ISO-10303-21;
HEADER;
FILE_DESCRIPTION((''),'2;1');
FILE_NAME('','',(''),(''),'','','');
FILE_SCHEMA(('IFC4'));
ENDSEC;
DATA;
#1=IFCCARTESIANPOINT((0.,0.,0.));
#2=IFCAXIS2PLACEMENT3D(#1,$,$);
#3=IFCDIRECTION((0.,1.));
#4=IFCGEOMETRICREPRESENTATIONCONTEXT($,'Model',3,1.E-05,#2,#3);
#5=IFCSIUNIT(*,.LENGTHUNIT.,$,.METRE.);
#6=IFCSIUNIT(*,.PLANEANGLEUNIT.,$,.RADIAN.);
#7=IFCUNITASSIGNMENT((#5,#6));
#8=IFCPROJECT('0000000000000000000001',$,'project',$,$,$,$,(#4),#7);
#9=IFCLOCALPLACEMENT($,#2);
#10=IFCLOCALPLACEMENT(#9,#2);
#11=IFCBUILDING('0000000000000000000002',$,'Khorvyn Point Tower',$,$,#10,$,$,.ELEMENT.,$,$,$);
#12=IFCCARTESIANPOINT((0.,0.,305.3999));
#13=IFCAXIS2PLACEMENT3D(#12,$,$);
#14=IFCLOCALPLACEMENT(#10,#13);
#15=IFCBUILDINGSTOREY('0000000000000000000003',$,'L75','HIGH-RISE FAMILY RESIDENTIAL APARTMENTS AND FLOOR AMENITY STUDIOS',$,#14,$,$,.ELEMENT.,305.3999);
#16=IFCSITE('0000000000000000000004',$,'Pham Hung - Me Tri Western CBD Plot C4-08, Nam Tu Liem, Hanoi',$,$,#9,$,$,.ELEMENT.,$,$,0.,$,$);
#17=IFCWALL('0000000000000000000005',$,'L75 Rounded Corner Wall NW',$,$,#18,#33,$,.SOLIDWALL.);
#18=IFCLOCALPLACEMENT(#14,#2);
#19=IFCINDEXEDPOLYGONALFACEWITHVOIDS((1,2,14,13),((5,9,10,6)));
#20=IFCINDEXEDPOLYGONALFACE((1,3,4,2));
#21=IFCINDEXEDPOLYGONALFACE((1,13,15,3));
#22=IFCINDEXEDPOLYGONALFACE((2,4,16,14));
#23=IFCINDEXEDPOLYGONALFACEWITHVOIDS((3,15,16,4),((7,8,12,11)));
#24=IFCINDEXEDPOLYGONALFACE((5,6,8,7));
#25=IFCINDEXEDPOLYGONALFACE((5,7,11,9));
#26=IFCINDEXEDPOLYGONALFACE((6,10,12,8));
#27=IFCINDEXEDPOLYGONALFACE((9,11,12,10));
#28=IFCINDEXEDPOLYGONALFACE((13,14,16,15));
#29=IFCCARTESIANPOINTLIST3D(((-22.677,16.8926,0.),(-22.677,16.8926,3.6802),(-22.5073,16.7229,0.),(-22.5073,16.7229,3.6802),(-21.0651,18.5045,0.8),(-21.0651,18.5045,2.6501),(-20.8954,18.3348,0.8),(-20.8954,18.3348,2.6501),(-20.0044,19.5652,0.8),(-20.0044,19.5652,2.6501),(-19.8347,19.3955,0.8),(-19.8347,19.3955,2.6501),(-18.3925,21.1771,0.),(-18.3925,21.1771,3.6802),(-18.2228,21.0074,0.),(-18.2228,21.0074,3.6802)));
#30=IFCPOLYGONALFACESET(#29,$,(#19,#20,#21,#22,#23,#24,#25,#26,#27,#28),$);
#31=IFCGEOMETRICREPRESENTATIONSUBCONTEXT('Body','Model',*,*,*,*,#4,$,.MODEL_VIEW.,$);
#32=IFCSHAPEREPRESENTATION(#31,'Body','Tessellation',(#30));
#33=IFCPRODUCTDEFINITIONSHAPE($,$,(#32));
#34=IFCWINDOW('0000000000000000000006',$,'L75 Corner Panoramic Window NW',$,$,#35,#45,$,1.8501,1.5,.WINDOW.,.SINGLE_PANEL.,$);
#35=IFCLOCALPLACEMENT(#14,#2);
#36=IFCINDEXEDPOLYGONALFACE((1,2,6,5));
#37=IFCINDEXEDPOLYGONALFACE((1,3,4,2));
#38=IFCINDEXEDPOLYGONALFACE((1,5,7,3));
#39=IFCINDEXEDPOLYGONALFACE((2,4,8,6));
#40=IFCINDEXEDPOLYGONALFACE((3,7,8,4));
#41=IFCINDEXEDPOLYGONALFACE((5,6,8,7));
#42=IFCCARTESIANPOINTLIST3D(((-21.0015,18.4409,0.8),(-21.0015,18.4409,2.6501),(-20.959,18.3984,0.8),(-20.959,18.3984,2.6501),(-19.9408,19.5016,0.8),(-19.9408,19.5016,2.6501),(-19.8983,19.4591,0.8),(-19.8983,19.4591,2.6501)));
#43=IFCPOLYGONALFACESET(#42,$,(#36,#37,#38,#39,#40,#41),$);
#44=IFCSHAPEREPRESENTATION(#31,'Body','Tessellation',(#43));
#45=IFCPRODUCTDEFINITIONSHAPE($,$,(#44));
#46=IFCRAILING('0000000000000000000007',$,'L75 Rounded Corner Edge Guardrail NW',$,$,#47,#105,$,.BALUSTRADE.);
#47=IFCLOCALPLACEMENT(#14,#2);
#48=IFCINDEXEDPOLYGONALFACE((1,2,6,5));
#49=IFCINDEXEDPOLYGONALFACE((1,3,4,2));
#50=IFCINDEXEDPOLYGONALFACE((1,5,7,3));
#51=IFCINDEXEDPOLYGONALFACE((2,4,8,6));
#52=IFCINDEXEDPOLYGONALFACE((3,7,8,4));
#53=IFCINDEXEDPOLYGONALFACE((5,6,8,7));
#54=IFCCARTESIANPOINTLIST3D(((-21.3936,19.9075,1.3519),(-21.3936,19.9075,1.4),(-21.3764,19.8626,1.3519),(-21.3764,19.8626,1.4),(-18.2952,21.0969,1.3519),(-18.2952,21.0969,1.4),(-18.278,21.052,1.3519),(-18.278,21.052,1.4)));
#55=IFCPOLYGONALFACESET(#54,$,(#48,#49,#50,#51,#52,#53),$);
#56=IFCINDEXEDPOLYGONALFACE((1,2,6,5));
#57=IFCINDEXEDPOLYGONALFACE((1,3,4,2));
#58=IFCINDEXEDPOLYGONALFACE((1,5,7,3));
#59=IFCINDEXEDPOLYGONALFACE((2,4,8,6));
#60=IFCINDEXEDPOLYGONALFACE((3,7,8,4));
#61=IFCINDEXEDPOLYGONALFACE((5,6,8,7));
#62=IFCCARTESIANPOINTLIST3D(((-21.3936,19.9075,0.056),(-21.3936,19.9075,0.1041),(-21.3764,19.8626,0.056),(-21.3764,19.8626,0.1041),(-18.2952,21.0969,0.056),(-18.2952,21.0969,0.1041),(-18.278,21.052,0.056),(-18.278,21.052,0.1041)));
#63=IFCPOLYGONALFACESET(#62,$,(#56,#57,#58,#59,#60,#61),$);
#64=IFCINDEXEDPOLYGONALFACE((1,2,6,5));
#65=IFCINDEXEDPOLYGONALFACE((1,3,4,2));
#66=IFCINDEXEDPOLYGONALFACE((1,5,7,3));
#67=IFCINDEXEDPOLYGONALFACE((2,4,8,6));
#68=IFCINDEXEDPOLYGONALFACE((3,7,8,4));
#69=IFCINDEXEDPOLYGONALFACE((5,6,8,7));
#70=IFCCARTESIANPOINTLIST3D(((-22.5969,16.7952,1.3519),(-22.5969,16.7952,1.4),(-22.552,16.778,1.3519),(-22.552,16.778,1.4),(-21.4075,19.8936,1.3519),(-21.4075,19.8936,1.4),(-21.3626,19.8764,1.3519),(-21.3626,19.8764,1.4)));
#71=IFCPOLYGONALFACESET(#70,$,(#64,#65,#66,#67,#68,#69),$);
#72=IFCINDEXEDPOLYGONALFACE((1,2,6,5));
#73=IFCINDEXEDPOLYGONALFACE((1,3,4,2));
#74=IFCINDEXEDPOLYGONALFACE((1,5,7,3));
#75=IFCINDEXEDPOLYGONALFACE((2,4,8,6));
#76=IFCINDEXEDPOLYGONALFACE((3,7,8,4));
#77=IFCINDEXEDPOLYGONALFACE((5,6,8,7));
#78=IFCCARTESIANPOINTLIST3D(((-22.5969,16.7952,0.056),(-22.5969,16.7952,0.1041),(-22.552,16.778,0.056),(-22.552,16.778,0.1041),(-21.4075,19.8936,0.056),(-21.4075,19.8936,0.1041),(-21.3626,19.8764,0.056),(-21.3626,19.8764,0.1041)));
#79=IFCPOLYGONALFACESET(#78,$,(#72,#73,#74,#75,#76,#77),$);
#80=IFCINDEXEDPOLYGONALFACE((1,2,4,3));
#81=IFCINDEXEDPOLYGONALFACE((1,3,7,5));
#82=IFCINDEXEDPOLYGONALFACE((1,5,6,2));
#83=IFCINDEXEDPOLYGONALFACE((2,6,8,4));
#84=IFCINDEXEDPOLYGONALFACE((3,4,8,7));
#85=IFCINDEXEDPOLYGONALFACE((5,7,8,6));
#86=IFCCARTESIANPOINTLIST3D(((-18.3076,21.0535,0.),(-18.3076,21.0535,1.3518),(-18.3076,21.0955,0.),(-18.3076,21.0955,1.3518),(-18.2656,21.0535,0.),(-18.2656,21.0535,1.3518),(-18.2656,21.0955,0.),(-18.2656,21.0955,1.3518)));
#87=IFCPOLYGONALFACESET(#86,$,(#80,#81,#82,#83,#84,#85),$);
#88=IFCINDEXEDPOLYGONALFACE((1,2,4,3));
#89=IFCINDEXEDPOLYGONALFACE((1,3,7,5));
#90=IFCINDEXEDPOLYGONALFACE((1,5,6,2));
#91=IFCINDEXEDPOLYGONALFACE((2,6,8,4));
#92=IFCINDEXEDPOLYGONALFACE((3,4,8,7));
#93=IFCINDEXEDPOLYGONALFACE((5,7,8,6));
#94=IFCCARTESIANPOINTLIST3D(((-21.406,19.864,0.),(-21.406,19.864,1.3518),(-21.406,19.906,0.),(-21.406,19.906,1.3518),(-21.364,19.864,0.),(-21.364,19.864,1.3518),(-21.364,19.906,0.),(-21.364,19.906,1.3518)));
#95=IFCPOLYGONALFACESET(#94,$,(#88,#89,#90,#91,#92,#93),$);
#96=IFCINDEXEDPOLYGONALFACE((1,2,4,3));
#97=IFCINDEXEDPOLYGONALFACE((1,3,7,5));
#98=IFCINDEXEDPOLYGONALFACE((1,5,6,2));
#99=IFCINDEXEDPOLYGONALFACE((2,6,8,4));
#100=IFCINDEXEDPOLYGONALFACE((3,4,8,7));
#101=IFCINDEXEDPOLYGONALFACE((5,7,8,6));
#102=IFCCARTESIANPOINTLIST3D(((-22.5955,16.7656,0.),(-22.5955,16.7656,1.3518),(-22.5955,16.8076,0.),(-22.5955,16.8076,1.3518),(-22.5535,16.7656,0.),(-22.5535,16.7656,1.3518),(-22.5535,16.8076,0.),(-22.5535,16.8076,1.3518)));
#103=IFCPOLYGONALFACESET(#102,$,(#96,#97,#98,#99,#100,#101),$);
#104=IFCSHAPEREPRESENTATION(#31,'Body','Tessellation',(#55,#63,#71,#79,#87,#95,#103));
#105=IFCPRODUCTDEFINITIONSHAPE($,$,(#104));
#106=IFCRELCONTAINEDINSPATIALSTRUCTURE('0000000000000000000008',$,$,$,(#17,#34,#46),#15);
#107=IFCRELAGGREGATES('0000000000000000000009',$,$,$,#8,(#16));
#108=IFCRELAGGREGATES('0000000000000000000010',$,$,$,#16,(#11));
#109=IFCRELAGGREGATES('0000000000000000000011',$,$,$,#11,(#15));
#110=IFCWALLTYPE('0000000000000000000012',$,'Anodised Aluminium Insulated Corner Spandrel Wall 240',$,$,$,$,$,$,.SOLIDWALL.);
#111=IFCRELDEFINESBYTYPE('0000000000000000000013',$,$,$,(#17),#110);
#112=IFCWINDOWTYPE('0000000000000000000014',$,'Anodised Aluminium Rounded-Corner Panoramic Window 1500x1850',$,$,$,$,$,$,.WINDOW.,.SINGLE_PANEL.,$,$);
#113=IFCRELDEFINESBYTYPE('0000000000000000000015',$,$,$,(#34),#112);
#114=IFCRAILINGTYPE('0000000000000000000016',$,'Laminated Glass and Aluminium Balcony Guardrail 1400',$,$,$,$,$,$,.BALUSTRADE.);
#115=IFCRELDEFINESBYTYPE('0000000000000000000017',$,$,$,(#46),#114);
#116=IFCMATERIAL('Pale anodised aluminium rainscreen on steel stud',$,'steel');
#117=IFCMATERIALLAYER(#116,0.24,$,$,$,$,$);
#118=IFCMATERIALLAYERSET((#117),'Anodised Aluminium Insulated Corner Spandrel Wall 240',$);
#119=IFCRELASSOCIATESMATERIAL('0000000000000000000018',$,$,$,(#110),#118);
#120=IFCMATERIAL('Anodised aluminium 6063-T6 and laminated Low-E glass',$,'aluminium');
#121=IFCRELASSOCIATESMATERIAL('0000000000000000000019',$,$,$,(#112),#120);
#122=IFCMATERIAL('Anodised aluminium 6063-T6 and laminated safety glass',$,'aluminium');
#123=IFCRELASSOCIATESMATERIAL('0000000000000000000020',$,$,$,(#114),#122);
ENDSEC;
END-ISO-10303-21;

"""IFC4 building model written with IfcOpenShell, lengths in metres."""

from ifc_helpers import new_model, si_unit, direction, frame, frame_2d, origin, origin_2d, place, context, subcontext, project, spatial, rectangle, extrude, material, layer, layer_set, type_object, element, fill, save


model = new_model("IFC4")

# Units and contexts
model_context = context("Model", 3, precision=1e-05, world=origin(), true_north=direction((0.0, 1.0)))
body_context = subcontext(model_context, "Body", "Model", "MODEL_VIEW")
ifc_project = project(units=[si_unit("LENGTHUNIT", "METRE"), si_unit("PLANEANGLEUNIT", "RADIAN")], contexts=[model_context])

# Site, building, storey
site_placement = place(None, origin())
site = spatial("IfcSite", under=ifc_project, at=site_placement, Name="Pham Hung - Me Tri Western CBD Plot C4-08, Nam Tu Liem, Hanoi", CompositionType="ELEMENT", RefElevation=0.0)
building_placement = place(site_placement, origin())
building = spatial("IfcBuilding", under=site, at=building_placement, Name="Khorvyn Point Tower", CompositionType="ELEMENT")
storey_placement = place(building_placement, frame((0.0, 0.0, 305.3999)))
storey = spatial("IfcBuildingStorey", under=building, at=storey_placement, Name="L75", Description="HIGH-RISE FAMILY RESIDENTIAL APARTMENTS AND FLOOR AMENITY STUDIOS", CompositionType="ELEMENT", Elevation=305.3999)

# Shared definitions
ifc_material_1 = material(Name="Anodised aluminium 6063-T6 and laminated Low-E glass", Category="aluminium")

# Wall, opening, window
ifc_material_2 = material(Name="Pale anodised aluminium rainscreen on steel stud", Category="steel")
ifc_layer_1 = layer(ifc_material_2, 0.24)
ifc_layer_set_1 = layer_set([ifc_layer_1], Name="Anodised Aluminium Insulated Corner Spandrel Wall 240")
wall_type_1 = type_object("IfcWallType", Name="Anodised Aluminium Insulated Corner Spandrel Wall 240", PredefinedType="SOLIDWALL", material=ifc_layer_set_1)
wall_1_placement = place(storey_placement, frame((-22.5923, 16.8076, 0.0), z_axis=(0.0, 0.0, 1.0), x_axis=(0.707107, 0.707107, 0.0)))
wall_1 = element("IfcWall", 1, at=wall_1_placement, inside=storey, type_object=wall_type_1, Name="L75 Rounded Corner Wall NW", PredefinedType="SOLIDWALL", context=body_context, shape_type="SweptSolid", body=[
    extrude(rectangle(XDim=6.0593, YDim=0.24, at=frame_2d((3.0298, 0.0))), origin(), (0.0, 0.0, 1.0), 3.6802),
])
opening_1_placement = place(wall_1_placement, frame((2.2798, 0.0, 0.8)))
opening_1 = element("IfcOpeningElement", 2, at=opening_1_placement, cuts=wall_1, PredefinedType="OPENING", context=body_context, shape_type="SweptSolid", body=[
    extrude(rectangle(XDim=1.5, YDim=1.8501, at=frame_2d((0.75, 0.925))), frame((0.0, 0.1299, 0.0), z_axis=(0.0, -1.0, 0.0), x_axis=(1.0, 0.0, 0.0)), (0.0, 0.0, 1.0), 0.26),
])
window_type = type_object("IfcWindowType", Name="Anodised Aluminium Rounded-Corner Panoramic Window 1500x1850", PartitioningType="SINGLE_PANEL", PredefinedType="WINDOW", material=ifc_material_1)
window_placement = place(opening_1_placement, origin())
window = element("IfcWindow", 3, at=window_placement, inside=storey, type_object=window_type, Name="L75 Corner Panoramic Window NW", OverallHeight=1.8501, OverallWidth=1.5, PartitioningType="SINGLE_PANEL", PredefinedType="WINDOW", context=body_context, shape_type="SweptSolid", body=[
    extrude(rectangle(XDim=1.5, YDim=1.8501, at=frame_2d((0.75, 0.925))), frame((0.0, 0.03, 0.0), z_axis=(0.0, -1.0, 0.0), x_axis=(1.0, 0.0, 0.0)), (0.0, 0.0, 1.0), 0.0601),
])
fill(opening_1, window)

# Railing
ifc_material_3 = material(Name="Anodised aluminium 6063-T6 and laminated safety glass", Category="aluminium")
railing_type = type_object("IfcRailingType", Name="Laminated Glass and Aluminium Balcony Guardrail 1400", PredefinedType="BALUSTRADE", material=ifc_material_3)
railing_placement = place(storey_placement, frame((-18.2866, 21.0745, 0.0)))
element("IfcRailing", 4, at=railing_placement, inside=storey, type_object=railing_type, Name="L75 Rounded Corner Edge Guardrail NW", PredefinedType="BALUSTRADE", context=body_context, shape_type="SweptSolid", body=[
    extrude(rectangle(XDim=0.0481, YDim=0.0481, at=origin_2d()), frame((0.0, 0.0, 1.376), z_axis=(-0.933571, -0.358392, 0.0), x_axis=(0.358392, -0.933571, 0.0)), (0.0, 0.0, 1.0), 3.3188),
    extrude(rectangle(XDim=0.0481, YDim=0.0481, at=origin_2d()), frame((0.0, 0.0, 0.0801), z_axis=(-0.933571, -0.358392, 0.0), x_axis=(0.358392, -0.933571, 0.0)), (0.0, 0.0, 1.0), 3.3188),
    extrude(rectangle(XDim=0.0481, YDim=0.0481, at=origin_2d()), frame((-3.0984, -1.1895, 1.376), z_axis=(-0.358392, -0.933571, 0.0), x_axis=(0.933571, -0.358392, 0.0)), (0.0, 0.0, 1.0), 3.3188),
    extrude(rectangle(XDim=0.0481, YDim=0.0481, at=origin_2d()), frame((-3.0984, -1.1895, 0.0801), z_axis=(-0.358392, -0.933571, 0.0), x_axis=(0.933571, -0.358392, 0.0)), (0.0, 0.0, 1.0), 3.3188),
    extrude(rectangle(XDim=0.042, YDim=0.042, at=origin_2d()), origin(), (0.0, 0.0, 1.0), 1.3518),
    extrude(rectangle(XDim=0.042, YDim=0.042, at=origin_2d()), frame((-3.0984, -1.1895, 0.0)), (0.0, 0.0, 1.0), 1.3518),
    extrude(rectangle(XDim=0.042, YDim=0.042, at=origin_2d()), frame((-4.2878, -4.2878, 0.0)), (0.0, 0.0, 1.0), 1.3518),
])

save(model, "model.ifc")
